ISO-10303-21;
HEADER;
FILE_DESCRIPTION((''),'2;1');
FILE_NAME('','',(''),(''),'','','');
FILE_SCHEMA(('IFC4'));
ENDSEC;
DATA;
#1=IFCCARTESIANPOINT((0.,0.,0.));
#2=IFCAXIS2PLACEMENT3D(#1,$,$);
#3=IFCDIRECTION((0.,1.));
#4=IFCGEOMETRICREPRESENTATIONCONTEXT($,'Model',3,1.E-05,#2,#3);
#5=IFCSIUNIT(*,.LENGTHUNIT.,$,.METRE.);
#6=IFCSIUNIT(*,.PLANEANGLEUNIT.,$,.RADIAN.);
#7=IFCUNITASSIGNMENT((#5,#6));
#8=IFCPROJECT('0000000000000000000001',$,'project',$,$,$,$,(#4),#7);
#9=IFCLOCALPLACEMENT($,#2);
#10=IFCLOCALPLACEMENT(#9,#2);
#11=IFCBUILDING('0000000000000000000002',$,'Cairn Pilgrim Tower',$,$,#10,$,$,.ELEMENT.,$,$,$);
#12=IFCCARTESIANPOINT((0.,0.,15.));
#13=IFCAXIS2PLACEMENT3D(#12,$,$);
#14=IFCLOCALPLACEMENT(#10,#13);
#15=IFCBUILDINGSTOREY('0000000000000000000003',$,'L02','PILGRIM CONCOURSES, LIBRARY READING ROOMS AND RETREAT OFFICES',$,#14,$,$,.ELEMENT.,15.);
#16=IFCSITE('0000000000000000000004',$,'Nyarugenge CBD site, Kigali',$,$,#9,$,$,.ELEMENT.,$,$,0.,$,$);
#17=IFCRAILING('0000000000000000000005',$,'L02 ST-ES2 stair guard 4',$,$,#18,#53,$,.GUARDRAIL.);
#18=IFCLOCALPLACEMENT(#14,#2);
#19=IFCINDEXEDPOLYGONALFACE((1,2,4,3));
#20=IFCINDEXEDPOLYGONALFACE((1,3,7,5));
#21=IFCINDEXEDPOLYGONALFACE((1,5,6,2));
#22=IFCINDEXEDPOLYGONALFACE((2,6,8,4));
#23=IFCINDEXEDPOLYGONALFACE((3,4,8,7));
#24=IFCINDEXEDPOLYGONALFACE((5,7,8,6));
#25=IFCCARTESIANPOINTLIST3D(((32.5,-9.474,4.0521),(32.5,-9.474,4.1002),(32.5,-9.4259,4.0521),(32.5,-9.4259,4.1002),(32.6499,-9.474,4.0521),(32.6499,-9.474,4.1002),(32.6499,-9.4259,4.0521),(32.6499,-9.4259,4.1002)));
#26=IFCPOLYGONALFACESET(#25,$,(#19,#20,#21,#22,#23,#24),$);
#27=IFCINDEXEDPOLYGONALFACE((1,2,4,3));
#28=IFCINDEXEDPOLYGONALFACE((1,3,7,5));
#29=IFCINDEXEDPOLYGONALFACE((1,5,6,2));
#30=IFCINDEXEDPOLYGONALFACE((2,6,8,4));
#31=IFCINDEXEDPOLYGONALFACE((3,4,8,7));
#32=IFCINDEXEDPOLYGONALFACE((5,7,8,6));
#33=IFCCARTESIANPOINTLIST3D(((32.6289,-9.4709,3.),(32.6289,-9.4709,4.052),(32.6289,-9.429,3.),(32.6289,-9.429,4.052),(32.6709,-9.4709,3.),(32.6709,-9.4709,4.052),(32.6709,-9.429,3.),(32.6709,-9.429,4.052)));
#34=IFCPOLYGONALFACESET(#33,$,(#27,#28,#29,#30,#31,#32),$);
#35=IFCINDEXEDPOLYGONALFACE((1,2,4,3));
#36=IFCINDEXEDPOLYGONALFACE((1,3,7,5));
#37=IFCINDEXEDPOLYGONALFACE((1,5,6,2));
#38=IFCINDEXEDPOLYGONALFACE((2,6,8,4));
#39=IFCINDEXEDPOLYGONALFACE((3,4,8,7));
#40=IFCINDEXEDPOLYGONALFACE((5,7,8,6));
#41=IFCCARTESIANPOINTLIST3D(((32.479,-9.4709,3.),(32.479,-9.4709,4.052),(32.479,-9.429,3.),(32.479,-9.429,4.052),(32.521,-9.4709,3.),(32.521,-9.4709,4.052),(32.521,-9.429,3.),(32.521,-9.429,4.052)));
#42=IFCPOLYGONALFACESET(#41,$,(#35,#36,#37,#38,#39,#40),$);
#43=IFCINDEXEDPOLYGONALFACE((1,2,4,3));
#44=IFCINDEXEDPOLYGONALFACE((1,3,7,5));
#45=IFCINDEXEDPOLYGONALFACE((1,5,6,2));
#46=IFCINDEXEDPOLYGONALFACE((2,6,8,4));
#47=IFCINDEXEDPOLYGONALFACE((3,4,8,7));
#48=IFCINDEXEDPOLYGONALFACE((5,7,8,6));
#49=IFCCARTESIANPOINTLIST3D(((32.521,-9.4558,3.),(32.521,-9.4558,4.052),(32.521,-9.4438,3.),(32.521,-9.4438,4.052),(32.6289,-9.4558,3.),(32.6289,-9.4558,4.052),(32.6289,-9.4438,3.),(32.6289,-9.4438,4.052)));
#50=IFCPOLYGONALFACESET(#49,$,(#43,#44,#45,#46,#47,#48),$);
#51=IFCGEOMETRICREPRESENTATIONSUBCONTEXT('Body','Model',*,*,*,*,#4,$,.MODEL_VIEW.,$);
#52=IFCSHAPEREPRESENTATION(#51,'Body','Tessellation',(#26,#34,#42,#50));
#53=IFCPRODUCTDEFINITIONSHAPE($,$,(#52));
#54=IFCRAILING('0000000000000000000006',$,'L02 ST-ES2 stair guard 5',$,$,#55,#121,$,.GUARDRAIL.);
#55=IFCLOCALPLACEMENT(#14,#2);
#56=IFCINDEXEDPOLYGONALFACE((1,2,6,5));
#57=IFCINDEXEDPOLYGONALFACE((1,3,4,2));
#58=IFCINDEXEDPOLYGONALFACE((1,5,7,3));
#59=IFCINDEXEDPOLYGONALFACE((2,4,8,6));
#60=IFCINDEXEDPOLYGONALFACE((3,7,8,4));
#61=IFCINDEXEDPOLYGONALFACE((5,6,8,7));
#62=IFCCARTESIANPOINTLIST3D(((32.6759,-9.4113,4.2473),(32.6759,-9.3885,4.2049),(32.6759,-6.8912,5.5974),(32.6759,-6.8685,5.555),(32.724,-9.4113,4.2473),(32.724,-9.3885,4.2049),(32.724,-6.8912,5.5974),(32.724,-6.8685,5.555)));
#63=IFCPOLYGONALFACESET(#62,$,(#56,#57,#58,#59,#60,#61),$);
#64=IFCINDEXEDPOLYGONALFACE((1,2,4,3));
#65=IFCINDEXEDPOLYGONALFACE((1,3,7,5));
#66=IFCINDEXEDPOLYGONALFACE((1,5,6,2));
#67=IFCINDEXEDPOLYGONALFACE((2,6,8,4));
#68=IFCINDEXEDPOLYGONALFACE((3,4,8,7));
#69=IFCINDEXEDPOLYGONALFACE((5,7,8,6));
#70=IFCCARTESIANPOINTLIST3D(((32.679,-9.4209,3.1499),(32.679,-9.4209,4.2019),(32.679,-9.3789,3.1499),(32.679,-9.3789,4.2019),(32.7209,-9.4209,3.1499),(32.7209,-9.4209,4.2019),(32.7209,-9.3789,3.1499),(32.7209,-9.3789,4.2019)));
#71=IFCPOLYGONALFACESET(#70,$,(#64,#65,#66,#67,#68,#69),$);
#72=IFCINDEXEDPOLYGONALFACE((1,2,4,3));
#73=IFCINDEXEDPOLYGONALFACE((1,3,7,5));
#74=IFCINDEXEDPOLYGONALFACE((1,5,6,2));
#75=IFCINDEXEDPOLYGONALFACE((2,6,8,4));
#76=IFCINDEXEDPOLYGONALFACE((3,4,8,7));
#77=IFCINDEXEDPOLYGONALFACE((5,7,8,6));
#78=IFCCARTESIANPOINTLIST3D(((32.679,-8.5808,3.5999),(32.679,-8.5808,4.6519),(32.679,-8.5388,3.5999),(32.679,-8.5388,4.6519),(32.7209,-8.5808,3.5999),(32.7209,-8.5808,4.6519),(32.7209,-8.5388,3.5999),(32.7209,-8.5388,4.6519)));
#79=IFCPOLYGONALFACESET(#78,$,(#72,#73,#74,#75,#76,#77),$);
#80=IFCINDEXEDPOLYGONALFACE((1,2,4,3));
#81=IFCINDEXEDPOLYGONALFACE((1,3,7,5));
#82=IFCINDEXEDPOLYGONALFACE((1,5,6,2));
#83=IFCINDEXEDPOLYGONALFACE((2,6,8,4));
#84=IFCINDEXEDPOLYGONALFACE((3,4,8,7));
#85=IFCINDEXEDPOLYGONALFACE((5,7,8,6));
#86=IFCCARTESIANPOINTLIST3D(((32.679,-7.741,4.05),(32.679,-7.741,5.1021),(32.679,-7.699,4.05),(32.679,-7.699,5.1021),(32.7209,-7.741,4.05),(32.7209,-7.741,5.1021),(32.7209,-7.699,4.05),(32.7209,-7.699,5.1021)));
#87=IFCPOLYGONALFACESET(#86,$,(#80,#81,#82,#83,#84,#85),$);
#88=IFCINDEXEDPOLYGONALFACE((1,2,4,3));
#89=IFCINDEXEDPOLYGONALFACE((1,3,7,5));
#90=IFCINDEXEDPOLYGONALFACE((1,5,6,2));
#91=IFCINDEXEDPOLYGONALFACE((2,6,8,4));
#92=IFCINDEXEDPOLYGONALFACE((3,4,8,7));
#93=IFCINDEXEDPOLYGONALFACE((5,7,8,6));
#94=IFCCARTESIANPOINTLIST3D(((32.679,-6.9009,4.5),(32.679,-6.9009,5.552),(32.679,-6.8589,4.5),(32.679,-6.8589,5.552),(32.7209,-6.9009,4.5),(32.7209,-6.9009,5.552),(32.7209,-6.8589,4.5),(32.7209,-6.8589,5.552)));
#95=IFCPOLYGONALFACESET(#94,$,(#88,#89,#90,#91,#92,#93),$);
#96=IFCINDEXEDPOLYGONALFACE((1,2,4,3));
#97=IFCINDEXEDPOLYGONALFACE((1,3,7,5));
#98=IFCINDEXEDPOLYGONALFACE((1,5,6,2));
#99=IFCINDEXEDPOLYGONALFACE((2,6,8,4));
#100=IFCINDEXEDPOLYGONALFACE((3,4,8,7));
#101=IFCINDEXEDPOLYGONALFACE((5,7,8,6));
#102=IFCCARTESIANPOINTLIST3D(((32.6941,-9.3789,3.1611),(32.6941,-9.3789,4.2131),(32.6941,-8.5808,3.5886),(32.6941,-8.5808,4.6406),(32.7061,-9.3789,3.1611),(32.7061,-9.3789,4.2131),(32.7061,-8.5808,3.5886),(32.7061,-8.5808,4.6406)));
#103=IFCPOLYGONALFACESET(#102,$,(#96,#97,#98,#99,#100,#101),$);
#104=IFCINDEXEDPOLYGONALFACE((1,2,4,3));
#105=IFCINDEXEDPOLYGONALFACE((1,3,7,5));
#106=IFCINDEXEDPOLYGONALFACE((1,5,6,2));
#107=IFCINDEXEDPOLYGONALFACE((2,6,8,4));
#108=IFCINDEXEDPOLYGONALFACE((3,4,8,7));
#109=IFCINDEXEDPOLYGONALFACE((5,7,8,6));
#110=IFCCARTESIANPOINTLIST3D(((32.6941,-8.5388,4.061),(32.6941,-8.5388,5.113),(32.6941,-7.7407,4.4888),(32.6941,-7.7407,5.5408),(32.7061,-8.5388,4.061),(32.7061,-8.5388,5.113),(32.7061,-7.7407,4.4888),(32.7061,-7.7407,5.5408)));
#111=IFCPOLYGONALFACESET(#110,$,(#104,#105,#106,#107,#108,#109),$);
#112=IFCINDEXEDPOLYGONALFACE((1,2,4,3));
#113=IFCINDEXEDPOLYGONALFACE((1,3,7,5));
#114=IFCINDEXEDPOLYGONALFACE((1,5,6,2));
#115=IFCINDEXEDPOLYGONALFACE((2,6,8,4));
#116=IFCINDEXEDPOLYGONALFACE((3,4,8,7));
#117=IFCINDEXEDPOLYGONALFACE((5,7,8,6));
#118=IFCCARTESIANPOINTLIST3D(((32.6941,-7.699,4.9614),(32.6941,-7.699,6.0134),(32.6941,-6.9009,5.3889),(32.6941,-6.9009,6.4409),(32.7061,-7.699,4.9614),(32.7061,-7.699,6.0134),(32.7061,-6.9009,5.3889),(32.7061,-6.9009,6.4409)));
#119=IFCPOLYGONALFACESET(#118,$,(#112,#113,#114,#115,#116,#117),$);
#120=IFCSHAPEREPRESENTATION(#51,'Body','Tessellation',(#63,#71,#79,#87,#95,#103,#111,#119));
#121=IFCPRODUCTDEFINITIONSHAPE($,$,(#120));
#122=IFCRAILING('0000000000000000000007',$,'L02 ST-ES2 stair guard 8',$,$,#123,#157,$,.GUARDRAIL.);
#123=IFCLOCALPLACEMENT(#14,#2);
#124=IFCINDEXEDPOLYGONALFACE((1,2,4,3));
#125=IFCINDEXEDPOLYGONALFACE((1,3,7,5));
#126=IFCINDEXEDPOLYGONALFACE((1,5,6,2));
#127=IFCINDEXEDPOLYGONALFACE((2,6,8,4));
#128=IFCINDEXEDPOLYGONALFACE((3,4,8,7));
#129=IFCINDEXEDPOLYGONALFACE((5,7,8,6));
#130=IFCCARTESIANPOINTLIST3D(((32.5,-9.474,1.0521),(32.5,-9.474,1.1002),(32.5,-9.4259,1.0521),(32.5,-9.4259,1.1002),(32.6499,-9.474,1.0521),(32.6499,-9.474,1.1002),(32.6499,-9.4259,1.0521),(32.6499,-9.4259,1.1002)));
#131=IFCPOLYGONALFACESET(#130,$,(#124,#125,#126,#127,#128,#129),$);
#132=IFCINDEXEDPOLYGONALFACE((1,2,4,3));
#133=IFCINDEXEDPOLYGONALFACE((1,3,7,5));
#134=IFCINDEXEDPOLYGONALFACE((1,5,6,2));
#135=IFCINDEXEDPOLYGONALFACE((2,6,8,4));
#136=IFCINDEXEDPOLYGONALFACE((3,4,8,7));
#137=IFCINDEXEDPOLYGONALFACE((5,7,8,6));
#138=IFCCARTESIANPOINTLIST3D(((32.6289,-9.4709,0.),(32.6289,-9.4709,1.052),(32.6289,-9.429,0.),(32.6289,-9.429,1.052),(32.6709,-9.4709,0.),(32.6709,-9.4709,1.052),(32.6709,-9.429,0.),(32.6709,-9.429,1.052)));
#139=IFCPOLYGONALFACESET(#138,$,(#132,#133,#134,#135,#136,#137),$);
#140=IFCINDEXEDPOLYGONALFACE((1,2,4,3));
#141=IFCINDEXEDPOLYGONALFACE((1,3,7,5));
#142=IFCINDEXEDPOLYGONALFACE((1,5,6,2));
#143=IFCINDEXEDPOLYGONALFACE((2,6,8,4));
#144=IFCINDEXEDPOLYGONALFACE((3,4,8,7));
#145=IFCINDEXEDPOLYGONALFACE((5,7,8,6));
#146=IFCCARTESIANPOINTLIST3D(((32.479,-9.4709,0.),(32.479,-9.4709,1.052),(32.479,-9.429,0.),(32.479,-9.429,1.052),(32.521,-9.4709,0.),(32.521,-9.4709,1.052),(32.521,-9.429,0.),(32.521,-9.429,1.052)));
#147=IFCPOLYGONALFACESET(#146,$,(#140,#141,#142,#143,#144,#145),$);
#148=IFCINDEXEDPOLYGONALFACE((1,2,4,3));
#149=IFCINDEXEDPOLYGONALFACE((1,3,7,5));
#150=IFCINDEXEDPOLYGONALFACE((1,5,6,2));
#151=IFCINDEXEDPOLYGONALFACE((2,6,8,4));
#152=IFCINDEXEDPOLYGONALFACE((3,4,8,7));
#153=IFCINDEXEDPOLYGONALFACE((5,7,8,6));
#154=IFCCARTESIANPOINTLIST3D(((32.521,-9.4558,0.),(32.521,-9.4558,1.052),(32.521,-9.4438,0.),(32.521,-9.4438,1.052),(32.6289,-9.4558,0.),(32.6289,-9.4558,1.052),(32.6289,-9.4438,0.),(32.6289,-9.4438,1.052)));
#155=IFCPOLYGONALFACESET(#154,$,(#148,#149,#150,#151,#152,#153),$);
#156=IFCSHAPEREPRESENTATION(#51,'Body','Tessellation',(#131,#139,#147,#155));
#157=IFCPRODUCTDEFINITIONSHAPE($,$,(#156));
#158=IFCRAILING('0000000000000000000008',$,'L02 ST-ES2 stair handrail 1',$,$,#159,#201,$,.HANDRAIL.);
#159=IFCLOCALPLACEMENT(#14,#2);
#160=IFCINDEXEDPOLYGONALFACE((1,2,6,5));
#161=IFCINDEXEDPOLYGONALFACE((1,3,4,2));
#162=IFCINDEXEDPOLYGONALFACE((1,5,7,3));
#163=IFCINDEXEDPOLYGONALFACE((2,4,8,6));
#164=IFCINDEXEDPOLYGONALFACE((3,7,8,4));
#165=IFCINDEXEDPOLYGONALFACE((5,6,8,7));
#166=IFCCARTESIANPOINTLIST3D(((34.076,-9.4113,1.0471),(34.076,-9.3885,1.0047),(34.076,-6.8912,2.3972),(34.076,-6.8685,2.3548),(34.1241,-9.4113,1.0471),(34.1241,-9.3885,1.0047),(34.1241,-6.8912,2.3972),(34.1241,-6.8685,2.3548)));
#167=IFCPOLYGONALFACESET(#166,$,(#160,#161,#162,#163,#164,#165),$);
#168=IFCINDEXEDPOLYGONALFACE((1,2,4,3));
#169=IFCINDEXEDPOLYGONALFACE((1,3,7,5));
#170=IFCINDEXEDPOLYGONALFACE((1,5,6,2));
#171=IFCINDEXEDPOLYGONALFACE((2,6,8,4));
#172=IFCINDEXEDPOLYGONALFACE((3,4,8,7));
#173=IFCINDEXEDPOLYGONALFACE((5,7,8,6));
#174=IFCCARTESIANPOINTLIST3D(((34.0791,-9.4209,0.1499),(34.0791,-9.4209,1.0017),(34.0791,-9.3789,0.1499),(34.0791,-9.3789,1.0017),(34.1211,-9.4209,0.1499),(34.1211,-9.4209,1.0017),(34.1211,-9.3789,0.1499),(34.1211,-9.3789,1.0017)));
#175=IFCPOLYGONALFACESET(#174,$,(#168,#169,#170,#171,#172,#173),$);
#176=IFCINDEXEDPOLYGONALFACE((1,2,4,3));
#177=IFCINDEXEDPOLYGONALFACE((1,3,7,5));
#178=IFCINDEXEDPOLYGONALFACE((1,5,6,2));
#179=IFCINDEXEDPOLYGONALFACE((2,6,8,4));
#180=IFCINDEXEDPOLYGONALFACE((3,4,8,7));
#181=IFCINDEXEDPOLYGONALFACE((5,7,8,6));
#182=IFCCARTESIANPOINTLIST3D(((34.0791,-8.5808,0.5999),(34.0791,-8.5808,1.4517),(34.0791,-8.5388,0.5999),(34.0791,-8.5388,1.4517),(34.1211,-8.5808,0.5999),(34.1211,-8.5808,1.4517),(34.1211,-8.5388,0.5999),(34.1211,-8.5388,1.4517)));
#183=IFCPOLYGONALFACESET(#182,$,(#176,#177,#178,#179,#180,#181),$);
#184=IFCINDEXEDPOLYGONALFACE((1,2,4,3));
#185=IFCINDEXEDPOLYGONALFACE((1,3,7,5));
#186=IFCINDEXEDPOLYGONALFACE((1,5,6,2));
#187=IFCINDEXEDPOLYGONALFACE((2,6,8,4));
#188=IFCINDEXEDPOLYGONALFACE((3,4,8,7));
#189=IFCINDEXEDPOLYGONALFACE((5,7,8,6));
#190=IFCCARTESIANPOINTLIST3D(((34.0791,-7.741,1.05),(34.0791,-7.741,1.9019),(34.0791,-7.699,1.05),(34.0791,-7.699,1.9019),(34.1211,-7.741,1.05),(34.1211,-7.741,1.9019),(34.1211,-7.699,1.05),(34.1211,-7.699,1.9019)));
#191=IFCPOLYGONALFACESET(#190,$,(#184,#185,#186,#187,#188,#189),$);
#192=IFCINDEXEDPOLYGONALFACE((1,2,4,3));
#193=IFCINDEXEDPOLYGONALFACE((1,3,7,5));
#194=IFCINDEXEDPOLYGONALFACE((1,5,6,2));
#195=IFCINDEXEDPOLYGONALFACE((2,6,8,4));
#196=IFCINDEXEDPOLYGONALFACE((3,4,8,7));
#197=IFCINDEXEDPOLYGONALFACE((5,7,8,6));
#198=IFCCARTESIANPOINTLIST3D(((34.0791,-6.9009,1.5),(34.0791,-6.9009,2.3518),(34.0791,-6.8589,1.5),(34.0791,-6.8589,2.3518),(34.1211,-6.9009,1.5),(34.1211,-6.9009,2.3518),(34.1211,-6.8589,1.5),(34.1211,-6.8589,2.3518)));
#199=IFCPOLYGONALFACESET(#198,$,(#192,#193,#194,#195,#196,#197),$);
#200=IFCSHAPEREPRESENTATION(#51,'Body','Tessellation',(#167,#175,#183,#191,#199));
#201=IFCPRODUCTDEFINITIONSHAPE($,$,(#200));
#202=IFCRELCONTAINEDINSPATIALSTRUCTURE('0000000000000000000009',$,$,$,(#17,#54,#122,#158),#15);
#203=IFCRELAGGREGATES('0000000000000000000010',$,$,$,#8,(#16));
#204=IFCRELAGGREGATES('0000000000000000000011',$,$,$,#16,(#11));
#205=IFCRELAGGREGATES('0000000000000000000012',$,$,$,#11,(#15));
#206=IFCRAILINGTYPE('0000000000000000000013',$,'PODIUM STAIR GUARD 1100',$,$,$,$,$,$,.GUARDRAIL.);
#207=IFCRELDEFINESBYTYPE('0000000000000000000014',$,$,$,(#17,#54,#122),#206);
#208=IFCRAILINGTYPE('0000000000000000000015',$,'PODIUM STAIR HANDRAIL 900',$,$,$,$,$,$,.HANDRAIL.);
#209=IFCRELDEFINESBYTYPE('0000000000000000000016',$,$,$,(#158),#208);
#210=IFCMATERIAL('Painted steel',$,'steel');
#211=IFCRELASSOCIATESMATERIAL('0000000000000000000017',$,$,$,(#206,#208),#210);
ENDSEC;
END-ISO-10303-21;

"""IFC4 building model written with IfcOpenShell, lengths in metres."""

from ifc_helpers import new_model, si_unit, direction, frame, origin, origin_2d, place, context, subcontext, project, spatial, polyline, rectangle, outline, extrude, material, type_object, element, save


model = new_model("IFC4")

# Units and contexts
model_context = context("Model", 3, precision=1e-05, world=origin(), true_north=direction((0.0, 1.0)))
body_context = subcontext(model_context, "Body", "Model", "MODEL_VIEW")
ifc_project = project(units=[si_unit("LENGTHUNIT", "METRE"), si_unit("PLANEANGLEUNIT", "RADIAN")], contexts=[model_context])

# Site, building, storey
site_placement = place(None, origin())
site = spatial("IfcSite", under=ifc_project, at=site_placement, Name="Nyarugenge CBD site, Kigali", CompositionType="ELEMENT", RefElevation=0.0)
building_placement = place(site_placement, origin())
building = spatial("IfcBuilding", under=site, at=building_placement, Name="Cairn Pilgrim Tower", CompositionType="ELEMENT")
storey_placement = place(building_placement, frame((0.0, 0.0, 15.0)))
storey = spatial("IfcBuildingStorey", under=building, at=storey_placement, Name="L02", Description="PILGRIM CONCOURSES, LIBRARY READING ROOMS AND RETREAT OFFICES", CompositionType="ELEMENT", Elevation=15.0)

# Railings
ifc_material_1 = material(Name="Painted steel", Category="steel")
railing_type_1 = type_object("IfcRailingType", Name="PODIUM STAIR GUARD 1100", PredefinedType="GUARDRAIL", material=ifc_material_1)
railing_1_placement = place(storey_placement, frame((32.6499, -9.45, 3.0)))
element("IfcRailing", 1, at=railing_1_placement, inside=storey, type_object=railing_type_1, Name="L02 ST-ES2 stair guard 4", PredefinedType="GUARDRAIL", context=body_context, shape_type="SweptSolid", body=[
    extrude(rectangle(XDim=0.0481, YDim=0.0481, at=origin_2d()), frame((0.0, 0.0, 1.0762), z_axis=(-1.0, 0.0, 0.0), x_axis=(0.0, -1.0, 0.0)), (0.0, 0.0, 1.0), 0.1499),
    extrude(rectangle(XDim=0.042, YDim=0.042, at=origin_2d()), origin(), (0.0, 0.0, 1.0), 1.052),
    extrude(rectangle(XDim=0.042, YDim=0.042, at=origin_2d()), frame((-0.1499, 0.0, 0.0)), (0.0, 0.0, 1.0), 1.052),
    extrude(outline(polyline([(0.021, 0.0), (0.1289, 0.0), (0.1289, 1.052), (0.021, 1.052), (0.021, 0.0)])), frame((0.0, -0.0059, 0.0), z_axis=(0.0, 1.0, 0.0), x_axis=(-1.0, 0.0, 0.0)), (0.0, 0.0, 1.0), 0.012),
])
railing_2_placement = place(storey_placement, frame((32.7, -9.3999, 3.1499)))
element("IfcRailing", 2, at=railing_2_placement, inside=storey, type_object=railing_type_1, Name="L02 ST-ES2 stair guard 5", PredefinedType="GUARDRAIL", context=body_context, shape_type="SweptSolid", body=[
    extrude(rectangle(XDim=0.0481, YDim=0.0481, at=origin_2d()), frame((0.0, 0.0, 1.0762), z_axis=(0.0, 0.881467, 0.472245), x_axis=(-1.0, 0.0, 0.0)), (0.0, 0.0, 1.0), 2.8589),
    extrude(rectangle(XDim=0.042, YDim=0.042, at=origin_2d()), origin(), (0.0, 0.0, 1.0), 1.052),
    extrude(rectangle(XDim=0.042, YDim=0.042, at=origin_2d()), frame((0.0, 0.8401, 0.45)), (0.0, 0.0, 1.0), 1.052),
    extrude(rectangle(XDim=0.042, YDim=0.042, at=origin_2d()), frame((0.0, 1.6799, 0.9001)), (0.0, 0.0, 1.0), 1.052),
    extrude(rectangle(XDim=0.042, YDim=0.042, at=origin_2d()), frame((0.0, 2.52, 1.3501)), (0.0, 0.0, 1.0), 1.052),
    extrude(outline(polyline([(0.021, 0.0112), (0.8191, 0.4387), (0.8191, 1.4907), (0.021, 1.0632), (0.021, 0.0112)])), frame((-0.0059, 0.0, 0.0), z_axis=(1.0, 0.0, 0.0), x_axis=(0.0, 1.0, 0.0)), (0.0, 0.0, 1.0), 0.012),
    extrude(outline(polyline([(0.021, 0.4612), (0.8191, 0.8889), (0.8191, 1.9409), (0.021, 1.5132), (0.021, 0.4612)])), frame((-0.0059, 0.8401, 0.45), z_axis=(1.0, 0.0, 0.0), x_axis=(0.0, 1.0, 0.0)), (0.0, 0.0, 1.0), 0.012),
    extrude(outline(polyline([(0.021, 0.9114), (0.8191, 1.3389), (0.8191, 2.3909), (0.021, 1.9634), (0.021, 0.9114)])), frame((-0.0059, 1.6799, 0.9001), z_axis=(1.0, 0.0, 0.0), x_axis=(0.0, 1.0, 0.0)), (0.0, 0.0, 1.0), 0.012),
])
railing_3_placement = place(storey_placement, frame((32.6499, -9.45, 0.0)))
element("IfcRailing", 3, at=railing_3_placement, inside=storey, type_object=railing_type_1, Name="L02 ST-ES2 stair guard 8", PredefinedType="GUARDRAIL", context=body_context, shape_type="SweptSolid", body=[
    extrude(rectangle(XDim=0.0481, YDim=0.0481, at=origin_2d()), frame((0.0, 0.0, 1.0762), z_axis=(-1.0, 0.0, 0.0), x_axis=(0.0, -1.0, 0.0)), (0.0, 0.0, 1.0), 0.1499),
    extrude(rectangle(XDim=0.042, YDim=0.042, at=origin_2d()), origin(), (0.0, 0.0, 1.0), 1.052),
    extrude(rectangle(XDim=0.042, YDim=0.042, at=origin_2d()), frame((-0.1499, 0.0, 0.0)), (0.0, 0.0, 1.0), 1.052),
    extrude(outline(polyline([(0.021, 0.0), (0.1289, 0.0), (0.1289, 1.052), (0.021, 1.052), (0.021, 0.0)])), frame((0.0, -0.0059, 0.0), z_axis=(0.0, 1.0, 0.0), x_axis=(-1.0, 0.0, 0.0)), (0.0, 0.0, 1.0), 0.012),
])
railing_type_2 = type_object("IfcRailingType", Name="PODIUM STAIR HANDRAIL 900", PredefinedType="HANDRAIL", material=ifc_material_1)
railing_4_placement = place(storey_placement, frame((34.1001, -9.3999, 0.1499)))
element("IfcRailing", 4, at=railing_4_placement, inside=storey, type_object=railing_type_2, Name="L02 ST-ES2 stair handrail 1", PredefinedType="HANDRAIL", context=body_context, shape_type="SweptSolid", body=[
    extrude(rectangle(XDim=0.0481, YDim=0.0481, at=origin_2d()), frame((0.0, 0.0, 0.876), z_axis=(0.0, 0.881467, 0.472245), x_axis=(-1.0, 0.0, 0.0)), (0.0, 0.0, 1.0), 2.8589),
    extrude(rectangle(XDim=0.042, YDim=0.042, at=origin_2d()), origin(), (0.0, 0.0, 1.0), 0.8518),
    extrude(rectangle(XDim=0.042, YDim=0.042, at=origin_2d()), frame((0.0, 0.8401, 0.45)), (0.0, 0.0, 1.0), 0.8518),
    extrude(rectangle(XDim=0.042, YDim=0.042, at=origin_2d()), frame((0.0, 1.6799, 0.9001)), (0.0, 0.0, 1.0), 0.8518),
    extrude(rectangle(XDim=0.042, YDim=0.042, at=origin_2d()), frame((0.0, 2.52, 1.3501)), (0.0, 0.0, 1.0), 0.8518),
])

save(model, "model.ifc")
